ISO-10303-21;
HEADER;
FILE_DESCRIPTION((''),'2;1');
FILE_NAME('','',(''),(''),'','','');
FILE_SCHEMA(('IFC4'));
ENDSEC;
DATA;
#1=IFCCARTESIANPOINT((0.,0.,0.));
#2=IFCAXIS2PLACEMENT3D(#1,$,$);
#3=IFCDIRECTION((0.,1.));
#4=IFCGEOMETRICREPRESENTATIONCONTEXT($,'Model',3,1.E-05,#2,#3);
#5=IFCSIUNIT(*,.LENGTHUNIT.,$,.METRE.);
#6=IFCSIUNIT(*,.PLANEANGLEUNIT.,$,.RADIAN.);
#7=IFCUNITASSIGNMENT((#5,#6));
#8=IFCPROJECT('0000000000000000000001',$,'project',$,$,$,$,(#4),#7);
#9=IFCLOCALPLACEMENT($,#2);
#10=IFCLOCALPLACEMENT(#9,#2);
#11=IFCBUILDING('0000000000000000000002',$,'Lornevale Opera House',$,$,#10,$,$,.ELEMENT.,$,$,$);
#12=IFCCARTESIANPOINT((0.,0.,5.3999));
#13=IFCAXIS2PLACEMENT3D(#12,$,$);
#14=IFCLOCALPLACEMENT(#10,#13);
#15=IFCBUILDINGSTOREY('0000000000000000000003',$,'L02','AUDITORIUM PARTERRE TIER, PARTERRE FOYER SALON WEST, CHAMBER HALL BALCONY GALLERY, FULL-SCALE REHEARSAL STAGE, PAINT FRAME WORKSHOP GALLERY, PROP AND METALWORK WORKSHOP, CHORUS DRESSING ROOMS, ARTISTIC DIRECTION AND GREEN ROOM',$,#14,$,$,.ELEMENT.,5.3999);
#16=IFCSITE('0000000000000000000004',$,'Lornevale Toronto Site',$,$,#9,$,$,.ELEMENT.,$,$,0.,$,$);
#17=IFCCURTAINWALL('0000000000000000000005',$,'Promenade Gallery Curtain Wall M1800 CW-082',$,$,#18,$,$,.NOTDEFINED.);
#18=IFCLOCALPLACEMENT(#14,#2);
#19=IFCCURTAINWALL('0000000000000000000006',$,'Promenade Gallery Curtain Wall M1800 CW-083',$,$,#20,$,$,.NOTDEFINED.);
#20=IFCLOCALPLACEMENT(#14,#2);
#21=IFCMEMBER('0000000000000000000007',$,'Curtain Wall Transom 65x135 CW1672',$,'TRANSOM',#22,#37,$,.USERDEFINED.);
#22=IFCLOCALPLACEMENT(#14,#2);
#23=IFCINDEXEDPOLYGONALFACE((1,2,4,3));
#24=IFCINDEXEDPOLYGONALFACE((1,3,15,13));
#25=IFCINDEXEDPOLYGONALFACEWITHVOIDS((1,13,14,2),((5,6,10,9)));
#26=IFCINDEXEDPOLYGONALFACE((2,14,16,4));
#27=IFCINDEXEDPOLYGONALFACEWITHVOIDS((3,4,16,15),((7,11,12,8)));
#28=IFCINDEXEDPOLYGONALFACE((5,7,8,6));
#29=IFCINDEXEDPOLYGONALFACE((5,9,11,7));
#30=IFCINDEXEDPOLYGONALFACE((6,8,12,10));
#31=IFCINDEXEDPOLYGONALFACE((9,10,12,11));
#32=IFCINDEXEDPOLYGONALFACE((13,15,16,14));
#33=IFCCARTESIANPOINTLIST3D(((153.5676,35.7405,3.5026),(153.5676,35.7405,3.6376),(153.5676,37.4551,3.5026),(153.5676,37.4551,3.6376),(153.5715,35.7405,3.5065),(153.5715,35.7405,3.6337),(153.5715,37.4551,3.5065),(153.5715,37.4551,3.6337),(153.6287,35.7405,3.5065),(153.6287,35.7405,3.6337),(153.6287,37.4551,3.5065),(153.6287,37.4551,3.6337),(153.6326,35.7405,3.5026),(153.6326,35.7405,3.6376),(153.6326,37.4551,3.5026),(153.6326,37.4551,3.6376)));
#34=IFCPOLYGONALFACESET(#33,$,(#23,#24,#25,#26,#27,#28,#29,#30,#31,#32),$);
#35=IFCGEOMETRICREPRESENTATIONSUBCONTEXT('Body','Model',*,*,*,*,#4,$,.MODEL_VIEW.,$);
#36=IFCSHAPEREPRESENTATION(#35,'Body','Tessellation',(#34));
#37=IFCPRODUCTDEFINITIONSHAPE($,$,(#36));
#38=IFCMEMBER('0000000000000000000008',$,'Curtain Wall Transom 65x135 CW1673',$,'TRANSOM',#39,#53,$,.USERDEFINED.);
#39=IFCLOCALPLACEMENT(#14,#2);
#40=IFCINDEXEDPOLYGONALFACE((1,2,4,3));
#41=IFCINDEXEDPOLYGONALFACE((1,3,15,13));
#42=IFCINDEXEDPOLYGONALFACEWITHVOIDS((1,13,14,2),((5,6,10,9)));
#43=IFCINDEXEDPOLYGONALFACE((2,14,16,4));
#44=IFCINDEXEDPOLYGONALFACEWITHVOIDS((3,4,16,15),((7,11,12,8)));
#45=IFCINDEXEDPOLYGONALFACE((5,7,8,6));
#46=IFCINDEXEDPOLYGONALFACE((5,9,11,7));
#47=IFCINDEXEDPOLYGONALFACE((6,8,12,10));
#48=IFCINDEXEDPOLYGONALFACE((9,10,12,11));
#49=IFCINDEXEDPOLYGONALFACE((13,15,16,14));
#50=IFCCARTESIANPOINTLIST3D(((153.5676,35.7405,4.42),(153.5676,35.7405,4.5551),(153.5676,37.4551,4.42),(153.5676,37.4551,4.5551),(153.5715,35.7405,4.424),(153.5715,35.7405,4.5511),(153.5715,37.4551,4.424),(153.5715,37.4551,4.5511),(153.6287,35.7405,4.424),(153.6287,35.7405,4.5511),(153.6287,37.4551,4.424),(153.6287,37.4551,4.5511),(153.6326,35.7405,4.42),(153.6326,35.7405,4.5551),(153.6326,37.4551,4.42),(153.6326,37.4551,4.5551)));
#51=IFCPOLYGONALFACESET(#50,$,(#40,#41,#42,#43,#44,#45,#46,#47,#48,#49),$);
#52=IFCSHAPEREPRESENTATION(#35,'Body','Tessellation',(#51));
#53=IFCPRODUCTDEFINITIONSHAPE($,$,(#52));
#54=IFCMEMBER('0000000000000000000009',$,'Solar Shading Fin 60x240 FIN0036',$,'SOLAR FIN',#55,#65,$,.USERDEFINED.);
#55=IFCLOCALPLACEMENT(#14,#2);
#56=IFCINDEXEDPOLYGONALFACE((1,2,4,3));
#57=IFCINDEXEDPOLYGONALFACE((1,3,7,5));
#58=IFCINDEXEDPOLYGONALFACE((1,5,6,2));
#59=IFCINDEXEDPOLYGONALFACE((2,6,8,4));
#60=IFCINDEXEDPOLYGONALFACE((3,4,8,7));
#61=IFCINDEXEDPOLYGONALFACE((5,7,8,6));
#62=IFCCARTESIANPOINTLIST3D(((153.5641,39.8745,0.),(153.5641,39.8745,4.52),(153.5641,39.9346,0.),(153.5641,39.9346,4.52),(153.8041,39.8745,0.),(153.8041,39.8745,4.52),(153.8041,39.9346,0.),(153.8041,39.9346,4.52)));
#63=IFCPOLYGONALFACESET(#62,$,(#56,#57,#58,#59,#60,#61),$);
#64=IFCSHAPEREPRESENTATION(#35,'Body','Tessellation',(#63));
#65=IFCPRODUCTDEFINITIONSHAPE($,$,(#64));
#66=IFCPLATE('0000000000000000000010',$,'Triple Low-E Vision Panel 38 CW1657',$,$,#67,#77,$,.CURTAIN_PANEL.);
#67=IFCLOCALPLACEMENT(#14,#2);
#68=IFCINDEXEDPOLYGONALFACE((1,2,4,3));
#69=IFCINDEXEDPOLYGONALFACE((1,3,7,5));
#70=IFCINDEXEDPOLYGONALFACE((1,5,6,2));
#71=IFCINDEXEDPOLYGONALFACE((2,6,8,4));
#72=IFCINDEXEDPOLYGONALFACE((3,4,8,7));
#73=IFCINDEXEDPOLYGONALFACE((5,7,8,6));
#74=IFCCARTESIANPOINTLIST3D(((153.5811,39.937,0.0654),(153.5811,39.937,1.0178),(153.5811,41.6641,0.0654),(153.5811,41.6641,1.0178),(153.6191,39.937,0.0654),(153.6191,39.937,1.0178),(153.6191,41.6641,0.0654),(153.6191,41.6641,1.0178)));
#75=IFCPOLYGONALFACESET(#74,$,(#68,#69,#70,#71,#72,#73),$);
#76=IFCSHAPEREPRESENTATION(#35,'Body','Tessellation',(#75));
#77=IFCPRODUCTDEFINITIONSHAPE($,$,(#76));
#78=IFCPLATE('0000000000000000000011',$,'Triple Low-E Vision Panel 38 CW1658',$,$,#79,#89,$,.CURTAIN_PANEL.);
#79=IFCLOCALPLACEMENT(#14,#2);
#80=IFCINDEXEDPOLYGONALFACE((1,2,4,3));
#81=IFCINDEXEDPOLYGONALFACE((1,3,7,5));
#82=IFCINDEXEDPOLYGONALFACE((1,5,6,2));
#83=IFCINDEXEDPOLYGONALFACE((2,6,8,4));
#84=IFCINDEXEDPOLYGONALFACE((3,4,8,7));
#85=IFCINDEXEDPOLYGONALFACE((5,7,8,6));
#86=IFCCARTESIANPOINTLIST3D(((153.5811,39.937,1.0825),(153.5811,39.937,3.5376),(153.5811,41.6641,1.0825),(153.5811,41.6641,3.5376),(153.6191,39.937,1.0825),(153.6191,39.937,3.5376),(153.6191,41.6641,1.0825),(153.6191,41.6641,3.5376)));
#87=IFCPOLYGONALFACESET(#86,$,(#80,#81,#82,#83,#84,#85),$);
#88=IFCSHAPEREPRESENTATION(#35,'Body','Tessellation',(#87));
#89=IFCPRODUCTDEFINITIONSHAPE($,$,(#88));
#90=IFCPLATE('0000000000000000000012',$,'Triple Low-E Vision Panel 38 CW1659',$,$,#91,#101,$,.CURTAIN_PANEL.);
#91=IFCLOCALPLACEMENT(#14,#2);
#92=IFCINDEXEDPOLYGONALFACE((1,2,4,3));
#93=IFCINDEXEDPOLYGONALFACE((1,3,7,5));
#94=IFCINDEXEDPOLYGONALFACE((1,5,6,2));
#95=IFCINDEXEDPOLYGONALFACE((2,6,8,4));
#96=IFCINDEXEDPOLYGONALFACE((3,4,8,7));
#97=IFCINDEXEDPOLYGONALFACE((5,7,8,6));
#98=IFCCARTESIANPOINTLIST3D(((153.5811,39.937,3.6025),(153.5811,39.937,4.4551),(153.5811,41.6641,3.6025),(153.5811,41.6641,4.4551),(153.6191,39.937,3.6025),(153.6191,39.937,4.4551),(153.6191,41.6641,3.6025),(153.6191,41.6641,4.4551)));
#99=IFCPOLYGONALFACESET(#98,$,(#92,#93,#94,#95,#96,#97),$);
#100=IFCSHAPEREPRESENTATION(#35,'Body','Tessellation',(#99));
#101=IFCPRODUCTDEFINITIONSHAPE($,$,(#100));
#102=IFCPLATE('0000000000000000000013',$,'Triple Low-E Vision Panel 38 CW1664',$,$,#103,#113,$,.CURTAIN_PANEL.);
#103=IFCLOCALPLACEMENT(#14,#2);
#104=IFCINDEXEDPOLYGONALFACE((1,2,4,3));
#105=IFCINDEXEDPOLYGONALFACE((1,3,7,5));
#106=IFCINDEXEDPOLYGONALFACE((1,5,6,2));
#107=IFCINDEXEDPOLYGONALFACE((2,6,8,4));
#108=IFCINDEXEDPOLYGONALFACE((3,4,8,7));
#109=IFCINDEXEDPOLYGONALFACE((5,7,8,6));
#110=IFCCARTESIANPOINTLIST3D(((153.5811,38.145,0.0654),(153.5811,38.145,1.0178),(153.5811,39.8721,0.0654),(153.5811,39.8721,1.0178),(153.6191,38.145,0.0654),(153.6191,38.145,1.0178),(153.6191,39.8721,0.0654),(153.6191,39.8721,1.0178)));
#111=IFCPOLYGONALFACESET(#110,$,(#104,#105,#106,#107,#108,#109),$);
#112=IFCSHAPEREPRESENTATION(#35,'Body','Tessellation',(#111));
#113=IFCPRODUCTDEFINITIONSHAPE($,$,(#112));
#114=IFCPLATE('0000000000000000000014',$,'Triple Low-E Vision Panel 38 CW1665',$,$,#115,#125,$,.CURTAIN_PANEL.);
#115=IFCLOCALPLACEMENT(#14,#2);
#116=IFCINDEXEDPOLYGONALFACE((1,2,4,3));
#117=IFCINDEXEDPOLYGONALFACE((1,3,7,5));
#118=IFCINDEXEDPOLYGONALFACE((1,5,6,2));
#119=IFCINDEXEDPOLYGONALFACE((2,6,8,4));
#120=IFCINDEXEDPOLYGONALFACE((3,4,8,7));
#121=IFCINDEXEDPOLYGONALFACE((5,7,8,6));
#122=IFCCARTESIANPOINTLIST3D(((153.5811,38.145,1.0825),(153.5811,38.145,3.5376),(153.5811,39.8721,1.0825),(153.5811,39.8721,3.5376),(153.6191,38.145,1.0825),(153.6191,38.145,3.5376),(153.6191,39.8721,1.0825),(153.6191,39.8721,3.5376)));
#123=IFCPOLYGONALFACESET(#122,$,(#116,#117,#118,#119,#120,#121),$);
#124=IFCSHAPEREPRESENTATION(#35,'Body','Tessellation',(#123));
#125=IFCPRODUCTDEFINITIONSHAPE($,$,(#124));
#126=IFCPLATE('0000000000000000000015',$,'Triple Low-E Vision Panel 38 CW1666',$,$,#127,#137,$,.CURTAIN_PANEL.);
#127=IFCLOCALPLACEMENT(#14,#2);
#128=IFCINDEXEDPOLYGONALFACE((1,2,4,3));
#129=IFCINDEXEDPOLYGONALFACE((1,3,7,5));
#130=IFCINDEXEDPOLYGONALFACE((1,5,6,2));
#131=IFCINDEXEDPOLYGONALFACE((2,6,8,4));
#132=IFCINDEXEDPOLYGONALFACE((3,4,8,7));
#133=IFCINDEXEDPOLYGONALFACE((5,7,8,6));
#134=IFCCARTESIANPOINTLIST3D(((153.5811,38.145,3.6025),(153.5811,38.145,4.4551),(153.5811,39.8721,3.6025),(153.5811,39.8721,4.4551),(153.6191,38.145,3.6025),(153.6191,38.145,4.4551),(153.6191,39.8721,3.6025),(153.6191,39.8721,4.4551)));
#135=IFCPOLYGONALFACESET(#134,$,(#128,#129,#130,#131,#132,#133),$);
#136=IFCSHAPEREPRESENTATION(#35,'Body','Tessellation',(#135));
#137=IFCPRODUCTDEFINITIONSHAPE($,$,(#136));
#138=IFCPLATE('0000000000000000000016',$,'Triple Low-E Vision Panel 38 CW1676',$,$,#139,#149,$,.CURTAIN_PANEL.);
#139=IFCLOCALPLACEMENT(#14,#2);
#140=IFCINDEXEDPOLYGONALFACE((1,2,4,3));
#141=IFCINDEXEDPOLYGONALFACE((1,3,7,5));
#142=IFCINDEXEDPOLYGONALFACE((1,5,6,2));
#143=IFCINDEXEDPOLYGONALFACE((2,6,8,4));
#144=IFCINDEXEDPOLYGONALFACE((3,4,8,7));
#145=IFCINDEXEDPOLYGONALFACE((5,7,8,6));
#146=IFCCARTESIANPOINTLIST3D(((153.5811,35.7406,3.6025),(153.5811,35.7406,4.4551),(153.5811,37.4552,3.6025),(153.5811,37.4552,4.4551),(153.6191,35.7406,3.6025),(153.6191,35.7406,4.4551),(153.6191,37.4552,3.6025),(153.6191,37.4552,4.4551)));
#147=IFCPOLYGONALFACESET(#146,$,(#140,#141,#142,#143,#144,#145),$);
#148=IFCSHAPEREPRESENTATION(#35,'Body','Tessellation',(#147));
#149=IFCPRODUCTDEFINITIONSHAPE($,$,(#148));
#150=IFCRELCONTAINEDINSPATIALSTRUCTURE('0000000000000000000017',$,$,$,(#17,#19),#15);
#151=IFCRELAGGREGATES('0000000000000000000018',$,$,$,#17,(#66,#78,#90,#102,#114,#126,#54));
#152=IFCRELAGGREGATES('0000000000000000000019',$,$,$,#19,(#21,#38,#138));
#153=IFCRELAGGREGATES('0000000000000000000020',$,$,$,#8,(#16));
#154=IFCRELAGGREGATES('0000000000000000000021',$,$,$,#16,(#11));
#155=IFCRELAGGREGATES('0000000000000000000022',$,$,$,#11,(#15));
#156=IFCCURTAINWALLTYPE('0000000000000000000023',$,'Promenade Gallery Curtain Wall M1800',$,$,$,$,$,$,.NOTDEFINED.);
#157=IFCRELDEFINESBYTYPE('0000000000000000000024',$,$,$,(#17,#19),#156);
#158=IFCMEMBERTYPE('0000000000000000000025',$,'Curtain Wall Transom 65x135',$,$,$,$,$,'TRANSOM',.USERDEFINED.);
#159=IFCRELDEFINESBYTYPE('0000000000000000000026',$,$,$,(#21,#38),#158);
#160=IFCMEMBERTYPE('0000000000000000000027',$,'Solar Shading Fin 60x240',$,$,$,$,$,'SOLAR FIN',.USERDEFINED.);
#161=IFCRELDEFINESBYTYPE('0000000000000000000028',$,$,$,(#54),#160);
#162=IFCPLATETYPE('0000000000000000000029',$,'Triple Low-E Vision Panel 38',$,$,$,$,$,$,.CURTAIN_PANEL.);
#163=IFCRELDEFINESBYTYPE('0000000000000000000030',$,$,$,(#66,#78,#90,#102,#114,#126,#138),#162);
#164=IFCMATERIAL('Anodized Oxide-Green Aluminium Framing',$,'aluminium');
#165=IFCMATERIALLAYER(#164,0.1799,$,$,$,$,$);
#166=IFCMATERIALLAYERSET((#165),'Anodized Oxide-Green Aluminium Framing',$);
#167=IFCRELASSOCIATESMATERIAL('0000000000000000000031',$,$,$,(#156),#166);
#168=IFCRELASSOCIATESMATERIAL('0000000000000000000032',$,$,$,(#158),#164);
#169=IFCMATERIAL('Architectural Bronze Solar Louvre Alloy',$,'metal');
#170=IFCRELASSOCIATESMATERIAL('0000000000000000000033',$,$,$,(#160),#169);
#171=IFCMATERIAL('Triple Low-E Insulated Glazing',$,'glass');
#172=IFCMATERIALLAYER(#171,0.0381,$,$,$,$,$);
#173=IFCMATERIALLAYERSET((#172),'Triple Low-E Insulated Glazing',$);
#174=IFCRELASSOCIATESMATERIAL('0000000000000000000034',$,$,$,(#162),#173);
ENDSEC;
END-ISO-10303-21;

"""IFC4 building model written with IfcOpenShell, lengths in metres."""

from ifc_helpers import new_model, si_unit, direction, frame, origin, origin_2d, place, context, subcontext, project, spatial, rectangle, hollow_rectangle, extrude, material, layer, layer_set, material_profile, profile_set, type_object, element, aggregate, save


model = new_model("IFC4")

# Units and contexts
model_context = context("Model", 3, precision=1e-05, world=origin(), true_north=direction((0.0, 1.0)))
body_context = subcontext(model_context, "Body", "Model", "MODEL_VIEW")
ifc_project = project(units=[si_unit("LENGTHUNIT", "METRE"), si_unit("PLANEANGLEUNIT", "RADIAN")], contexts=[model_context])

# Site, building, storey
site_placement = place(None, origin())
site = spatial("IfcSite", under=ifc_project, at=site_placement, Name="Lornevale Toronto Site", CompositionType="ELEMENT", RefElevation=0.0)
building_placement = place(site_placement, origin())
building = spatial("IfcBuilding", under=site, at=building_placement, Name="Lornevale Opera House", CompositionType="ELEMENT")
storey_placement = place(building_placement, frame((0.0, 0.0, 5.3999)))
storey = spatial("IfcBuildingStorey", under=building, at=storey_placement, Name="L02", Description="AUDITORIUM PARTERRE TIER, PARTERRE FOYER SALON WEST, CHAMBER HALL BALCONY GALLERY, FULL-SCALE REHEARSAL STAGE, PAINT FRAME WORKSHOP GALLERY, PROP AND METALWORK WORKSHOP, CHORUS DRESSING ROOMS, ARTISTIC DIRECTION AND GREEN ROOM", CompositionType="ELEMENT", Elevation=5.3999)

# Curtain wall
ifc_material_1 = material(Name="Anodized Oxide-Green Aluminium Framing", Category="aluminium")
ifc_layer_1 = layer(ifc_material_1, 0.1799)
ifc_layer_set_1 = layer_set([ifc_layer_1], Name="Anodized Oxide-Green Aluminium Framing")
curtain_wall_type = type_object("IfcCurtainWallType", Name="Promenade Gallery Curtain Wall M1800", PredefinedType="NOTDEFINED", material=ifc_layer_set_1)
curtain_wall_1_placement = place(storey_placement, origin())
curtain_wall_1 = element("IfcCurtainWall", 1, at=curtain_wall_1_placement, inside=storey, type_object=curtain_wall_type, Name="Promenade Gallery Curtain Wall M1800 CW-082", PredefinedType="NOTDEFINED")

# Curtain wall
curtain_wall_2_placement = place(storey_placement, origin())
curtain_wall_2 = element("IfcCurtainWall", 2, at=curtain_wall_2_placement, inside=storey, type_object=curtain_wall_type, Name="Promenade Gallery Curtain Wall M1800 CW-083", PredefinedType="NOTDEFINED")

# Members
ifc_material_profile_1 = material_profile(ifc_material_1, hollow_rectangle(XDim=0.0649, YDim=0.135, WallThickness=0.0039, at=origin_2d()), Name="ALU65x135x4")
ifc_profile_set_1 = profile_set([ifc_material_profile_1], Name="Anodized Oxide-Green Aluminium Framing")
member_type_1 = type_object("IfcMemberType", Name="Curtain Wall Transom 65x135", ElementType="TRANSOM", PredefinedType="USERDEFINED", material=ifc_profile_set_1)
member_1_placement = place(storey_placement, frame((153.6001, 37.4551, 3.5701), z_axis=(0.0, -1.0, 0.0), x_axis=(1.0, 0.0, 0.0)))
member_1 = element("IfcMember", 3, at=member_1_placement, type_object=member_type_1, Name="Curtain Wall Transom 65x135 CW1672", ObjectType="TRANSOM", PredefinedType="USERDEFINED", context=body_context, shape_type="SweptSolid", body=[
    extrude(hollow_rectangle(XDim=0.0649, YDim=0.135, WallThickness=0.0039, at=origin_2d()), origin(), (0.0, 0.0, 1.0), 1.7146),
])
member_2_placement = place(storey_placement, frame((153.6001, 37.4551, 4.4875), z_axis=(0.0, -1.0, 0.0), x_axis=(1.0, 0.0, 0.0)))
member_2 = element("IfcMember", 4, at=member_2_placement, type_object=member_type_1, Name="Curtain Wall Transom 65x135 CW1673", ObjectType="TRANSOM", PredefinedType="USERDEFINED", context=body_context, shape_type="SweptSolid", body=[
    extrude(hollow_rectangle(XDim=0.0649, YDim=0.135, WallThickness=0.0039, at=origin_2d()), origin(), (0.0, 0.0, 1.0), 1.7146),
])
ifc_material_2 = material(Name="Architectural Bronze Solar Louvre Alloy", Category="metal")
ifc_material_profile_2 = material_profile(ifc_material_2, rectangle(XDim=0.0601, YDim=0.24, at=origin_2d()), Name="FIN60x240")
ifc_profile_set_2 = profile_set([ifc_material_profile_2], Name="Architectural Bronze Solar Louvre Alloy")
member_type_2 = type_object("IfcMemberType", Name="Solar Shading Fin 60x240", ElementType="SOLAR FIN", PredefinedType="USERDEFINED", material=ifc_profile_set_2)
member_3_placement = place(storey_placement, frame((153.6841, 39.9045, 0.0), z_axis=(0.0, 0.0, 1.0), x_axis=(0.0, -1.0, 0.0)))
member_3 = element("IfcMember", 5, at=member_3_placement, type_object=member_type_2, Name="Solar Shading Fin 60x240 FIN0036", ObjectType="SOLAR FIN", PredefinedType="USERDEFINED", context=body_context, shape_type="SweptSolid", body=[
    extrude(rectangle(XDim=0.0601, YDim=0.24, at=origin_2d()), origin(), (0.0, 0.0, 1.0), 4.52),
])

# Plates
ifc_material_3 = material(Name="Triple Low-E Insulated Glazing", Category="glass")
ifc_layer_2 = layer(ifc_material_3, 0.0381)
ifc_layer_set_2 = layer_set([ifc_layer_2], Name="Triple Low-E Insulated Glazing")
plate_type = type_object("IfcPlateType", Name="Triple Low-E Vision Panel 38", PredefinedType="CURTAIN_PANEL", material=ifc_layer_set_2)
plate_1_placement = place(storey_placement, frame((153.6001, 40.8005, 0.0654), z_axis=(0.0, 0.0, 1.0), x_axis=(0.0, -1.0, 0.0)))
plate_1 = element("IfcPlate", 6, at=plate_1_placement, type_object=plate_type, Name="Triple Low-E Vision Panel 38 CW1657", PredefinedType="CURTAIN_PANEL", context=body_context, shape_type="SweptSolid", body=[
    extrude(rectangle(XDim=1.7271, YDim=0.0381, at=origin_2d()), origin(), (0.0, 0.0, 1.0), 0.9524),
])
plate_2_placement = place(storey_placement, frame((153.6001, 40.8005, 1.0825), z_axis=(0.0, 0.0, 1.0), x_axis=(0.0, -1.0, 0.0)))
plate_2 = element("IfcPlate", 7, at=plate_2_placement, type_object=plate_type, Name="Triple Low-E Vision Panel 38 CW1658", PredefinedType="CURTAIN_PANEL", context=body_context, shape_type="SweptSolid", body=[
    extrude(rectangle(XDim=1.7271, YDim=0.0381, at=origin_2d()), origin(), (0.0, 0.0, 1.0), 2.4551),
])
plate_3_placement = place(storey_placement, frame((153.6001, 40.8005, 3.6025), z_axis=(0.0, 0.0, 1.0), x_axis=(0.0, -1.0, 0.0)))
plate_3 = element("IfcPlate", 8, at=plate_3_placement, type_object=plate_type, Name="Triple Low-E Vision Panel 38 CW1659", PredefinedType="CURTAIN_PANEL", context=body_context, shape_type="SweptSolid", body=[
    extrude(rectangle(XDim=1.7271, YDim=0.0381, at=origin_2d()), origin(), (0.0, 0.0, 1.0), 0.8525),
])
plate_4_placement = place(storey_placement, frame((153.6001, 39.0085, 0.0654), z_axis=(0.0, 0.0, 1.0), x_axis=(0.0, -1.0, 0.0)))
plate_4 = element("IfcPlate", 9, at=plate_4_placement, type_object=plate_type, Name="Triple Low-E Vision Panel 38 CW1664", PredefinedType="CURTAIN_PANEL", context=body_context, shape_type="SweptSolid", body=[
    extrude(rectangle(XDim=1.7271, YDim=0.0381, at=origin_2d()), origin(), (0.0, 0.0, 1.0), 0.9524),
])
plate_5_placement = place(storey_placement, frame((153.6001, 39.0085, 1.0825), z_axis=(0.0, 0.0, 1.0), x_axis=(0.0, -1.0, 0.0)))
plate_5 = element("IfcPlate", 10, at=plate_5_placement, type_object=plate_type, Name="Triple Low-E Vision Panel 38 CW1665", PredefinedType="CURTAIN_PANEL", context=body_context, shape_type="SweptSolid", body=[
    extrude(rectangle(XDim=1.7271, YDim=0.0381, at=origin_2d()), origin(), (0.0, 0.0, 1.0), 2.4551),
])
plate_6_placement = place(storey_placement, frame((153.6001, 39.0085, 3.6025), z_axis=(0.0, 0.0, 1.0), x_axis=(0.0, -1.0, 0.0)))
plate_6 = element("IfcPlate", 11, at=plate_6_placement, type_object=plate_type, Name="Triple Low-E Vision Panel 38 CW1666", PredefinedType="CURTAIN_PANEL", context=body_context, shape_type="SweptSolid", body=[
    extrude(rectangle(XDim=1.7271, YDim=0.0381, at=origin_2d()), origin(), (0.0, 0.0, 1.0), 0.8525),
])
aggregate(curtain_wall_1, [plate_1, plate_2, plate_3, plate_4, plate_5, plate_6, member_3])
plate_7_placement = place(storey_placement, frame((153.6001, 36.5979, 3.6025), z_axis=(0.0, 0.0, 1.0), x_axis=(0.0, -1.0, 0.0)))
plate_7 = element("IfcPlate", 12, at=plate_7_placement, type_object=plate_type, Name="Triple Low-E Vision Panel 38 CW1676", PredefinedType="CURTAIN_PANEL", context=body_context, shape_type="SweptSolid", body=[
    extrude(rectangle(XDim=1.7146, YDim=0.0381, at=origin_2d()), origin(), (0.0, 0.0, 1.0), 0.8525),
])
aggregate(curtain_wall_2, [member_1, member_2, plate_7])

save(model, "model.ifc")
